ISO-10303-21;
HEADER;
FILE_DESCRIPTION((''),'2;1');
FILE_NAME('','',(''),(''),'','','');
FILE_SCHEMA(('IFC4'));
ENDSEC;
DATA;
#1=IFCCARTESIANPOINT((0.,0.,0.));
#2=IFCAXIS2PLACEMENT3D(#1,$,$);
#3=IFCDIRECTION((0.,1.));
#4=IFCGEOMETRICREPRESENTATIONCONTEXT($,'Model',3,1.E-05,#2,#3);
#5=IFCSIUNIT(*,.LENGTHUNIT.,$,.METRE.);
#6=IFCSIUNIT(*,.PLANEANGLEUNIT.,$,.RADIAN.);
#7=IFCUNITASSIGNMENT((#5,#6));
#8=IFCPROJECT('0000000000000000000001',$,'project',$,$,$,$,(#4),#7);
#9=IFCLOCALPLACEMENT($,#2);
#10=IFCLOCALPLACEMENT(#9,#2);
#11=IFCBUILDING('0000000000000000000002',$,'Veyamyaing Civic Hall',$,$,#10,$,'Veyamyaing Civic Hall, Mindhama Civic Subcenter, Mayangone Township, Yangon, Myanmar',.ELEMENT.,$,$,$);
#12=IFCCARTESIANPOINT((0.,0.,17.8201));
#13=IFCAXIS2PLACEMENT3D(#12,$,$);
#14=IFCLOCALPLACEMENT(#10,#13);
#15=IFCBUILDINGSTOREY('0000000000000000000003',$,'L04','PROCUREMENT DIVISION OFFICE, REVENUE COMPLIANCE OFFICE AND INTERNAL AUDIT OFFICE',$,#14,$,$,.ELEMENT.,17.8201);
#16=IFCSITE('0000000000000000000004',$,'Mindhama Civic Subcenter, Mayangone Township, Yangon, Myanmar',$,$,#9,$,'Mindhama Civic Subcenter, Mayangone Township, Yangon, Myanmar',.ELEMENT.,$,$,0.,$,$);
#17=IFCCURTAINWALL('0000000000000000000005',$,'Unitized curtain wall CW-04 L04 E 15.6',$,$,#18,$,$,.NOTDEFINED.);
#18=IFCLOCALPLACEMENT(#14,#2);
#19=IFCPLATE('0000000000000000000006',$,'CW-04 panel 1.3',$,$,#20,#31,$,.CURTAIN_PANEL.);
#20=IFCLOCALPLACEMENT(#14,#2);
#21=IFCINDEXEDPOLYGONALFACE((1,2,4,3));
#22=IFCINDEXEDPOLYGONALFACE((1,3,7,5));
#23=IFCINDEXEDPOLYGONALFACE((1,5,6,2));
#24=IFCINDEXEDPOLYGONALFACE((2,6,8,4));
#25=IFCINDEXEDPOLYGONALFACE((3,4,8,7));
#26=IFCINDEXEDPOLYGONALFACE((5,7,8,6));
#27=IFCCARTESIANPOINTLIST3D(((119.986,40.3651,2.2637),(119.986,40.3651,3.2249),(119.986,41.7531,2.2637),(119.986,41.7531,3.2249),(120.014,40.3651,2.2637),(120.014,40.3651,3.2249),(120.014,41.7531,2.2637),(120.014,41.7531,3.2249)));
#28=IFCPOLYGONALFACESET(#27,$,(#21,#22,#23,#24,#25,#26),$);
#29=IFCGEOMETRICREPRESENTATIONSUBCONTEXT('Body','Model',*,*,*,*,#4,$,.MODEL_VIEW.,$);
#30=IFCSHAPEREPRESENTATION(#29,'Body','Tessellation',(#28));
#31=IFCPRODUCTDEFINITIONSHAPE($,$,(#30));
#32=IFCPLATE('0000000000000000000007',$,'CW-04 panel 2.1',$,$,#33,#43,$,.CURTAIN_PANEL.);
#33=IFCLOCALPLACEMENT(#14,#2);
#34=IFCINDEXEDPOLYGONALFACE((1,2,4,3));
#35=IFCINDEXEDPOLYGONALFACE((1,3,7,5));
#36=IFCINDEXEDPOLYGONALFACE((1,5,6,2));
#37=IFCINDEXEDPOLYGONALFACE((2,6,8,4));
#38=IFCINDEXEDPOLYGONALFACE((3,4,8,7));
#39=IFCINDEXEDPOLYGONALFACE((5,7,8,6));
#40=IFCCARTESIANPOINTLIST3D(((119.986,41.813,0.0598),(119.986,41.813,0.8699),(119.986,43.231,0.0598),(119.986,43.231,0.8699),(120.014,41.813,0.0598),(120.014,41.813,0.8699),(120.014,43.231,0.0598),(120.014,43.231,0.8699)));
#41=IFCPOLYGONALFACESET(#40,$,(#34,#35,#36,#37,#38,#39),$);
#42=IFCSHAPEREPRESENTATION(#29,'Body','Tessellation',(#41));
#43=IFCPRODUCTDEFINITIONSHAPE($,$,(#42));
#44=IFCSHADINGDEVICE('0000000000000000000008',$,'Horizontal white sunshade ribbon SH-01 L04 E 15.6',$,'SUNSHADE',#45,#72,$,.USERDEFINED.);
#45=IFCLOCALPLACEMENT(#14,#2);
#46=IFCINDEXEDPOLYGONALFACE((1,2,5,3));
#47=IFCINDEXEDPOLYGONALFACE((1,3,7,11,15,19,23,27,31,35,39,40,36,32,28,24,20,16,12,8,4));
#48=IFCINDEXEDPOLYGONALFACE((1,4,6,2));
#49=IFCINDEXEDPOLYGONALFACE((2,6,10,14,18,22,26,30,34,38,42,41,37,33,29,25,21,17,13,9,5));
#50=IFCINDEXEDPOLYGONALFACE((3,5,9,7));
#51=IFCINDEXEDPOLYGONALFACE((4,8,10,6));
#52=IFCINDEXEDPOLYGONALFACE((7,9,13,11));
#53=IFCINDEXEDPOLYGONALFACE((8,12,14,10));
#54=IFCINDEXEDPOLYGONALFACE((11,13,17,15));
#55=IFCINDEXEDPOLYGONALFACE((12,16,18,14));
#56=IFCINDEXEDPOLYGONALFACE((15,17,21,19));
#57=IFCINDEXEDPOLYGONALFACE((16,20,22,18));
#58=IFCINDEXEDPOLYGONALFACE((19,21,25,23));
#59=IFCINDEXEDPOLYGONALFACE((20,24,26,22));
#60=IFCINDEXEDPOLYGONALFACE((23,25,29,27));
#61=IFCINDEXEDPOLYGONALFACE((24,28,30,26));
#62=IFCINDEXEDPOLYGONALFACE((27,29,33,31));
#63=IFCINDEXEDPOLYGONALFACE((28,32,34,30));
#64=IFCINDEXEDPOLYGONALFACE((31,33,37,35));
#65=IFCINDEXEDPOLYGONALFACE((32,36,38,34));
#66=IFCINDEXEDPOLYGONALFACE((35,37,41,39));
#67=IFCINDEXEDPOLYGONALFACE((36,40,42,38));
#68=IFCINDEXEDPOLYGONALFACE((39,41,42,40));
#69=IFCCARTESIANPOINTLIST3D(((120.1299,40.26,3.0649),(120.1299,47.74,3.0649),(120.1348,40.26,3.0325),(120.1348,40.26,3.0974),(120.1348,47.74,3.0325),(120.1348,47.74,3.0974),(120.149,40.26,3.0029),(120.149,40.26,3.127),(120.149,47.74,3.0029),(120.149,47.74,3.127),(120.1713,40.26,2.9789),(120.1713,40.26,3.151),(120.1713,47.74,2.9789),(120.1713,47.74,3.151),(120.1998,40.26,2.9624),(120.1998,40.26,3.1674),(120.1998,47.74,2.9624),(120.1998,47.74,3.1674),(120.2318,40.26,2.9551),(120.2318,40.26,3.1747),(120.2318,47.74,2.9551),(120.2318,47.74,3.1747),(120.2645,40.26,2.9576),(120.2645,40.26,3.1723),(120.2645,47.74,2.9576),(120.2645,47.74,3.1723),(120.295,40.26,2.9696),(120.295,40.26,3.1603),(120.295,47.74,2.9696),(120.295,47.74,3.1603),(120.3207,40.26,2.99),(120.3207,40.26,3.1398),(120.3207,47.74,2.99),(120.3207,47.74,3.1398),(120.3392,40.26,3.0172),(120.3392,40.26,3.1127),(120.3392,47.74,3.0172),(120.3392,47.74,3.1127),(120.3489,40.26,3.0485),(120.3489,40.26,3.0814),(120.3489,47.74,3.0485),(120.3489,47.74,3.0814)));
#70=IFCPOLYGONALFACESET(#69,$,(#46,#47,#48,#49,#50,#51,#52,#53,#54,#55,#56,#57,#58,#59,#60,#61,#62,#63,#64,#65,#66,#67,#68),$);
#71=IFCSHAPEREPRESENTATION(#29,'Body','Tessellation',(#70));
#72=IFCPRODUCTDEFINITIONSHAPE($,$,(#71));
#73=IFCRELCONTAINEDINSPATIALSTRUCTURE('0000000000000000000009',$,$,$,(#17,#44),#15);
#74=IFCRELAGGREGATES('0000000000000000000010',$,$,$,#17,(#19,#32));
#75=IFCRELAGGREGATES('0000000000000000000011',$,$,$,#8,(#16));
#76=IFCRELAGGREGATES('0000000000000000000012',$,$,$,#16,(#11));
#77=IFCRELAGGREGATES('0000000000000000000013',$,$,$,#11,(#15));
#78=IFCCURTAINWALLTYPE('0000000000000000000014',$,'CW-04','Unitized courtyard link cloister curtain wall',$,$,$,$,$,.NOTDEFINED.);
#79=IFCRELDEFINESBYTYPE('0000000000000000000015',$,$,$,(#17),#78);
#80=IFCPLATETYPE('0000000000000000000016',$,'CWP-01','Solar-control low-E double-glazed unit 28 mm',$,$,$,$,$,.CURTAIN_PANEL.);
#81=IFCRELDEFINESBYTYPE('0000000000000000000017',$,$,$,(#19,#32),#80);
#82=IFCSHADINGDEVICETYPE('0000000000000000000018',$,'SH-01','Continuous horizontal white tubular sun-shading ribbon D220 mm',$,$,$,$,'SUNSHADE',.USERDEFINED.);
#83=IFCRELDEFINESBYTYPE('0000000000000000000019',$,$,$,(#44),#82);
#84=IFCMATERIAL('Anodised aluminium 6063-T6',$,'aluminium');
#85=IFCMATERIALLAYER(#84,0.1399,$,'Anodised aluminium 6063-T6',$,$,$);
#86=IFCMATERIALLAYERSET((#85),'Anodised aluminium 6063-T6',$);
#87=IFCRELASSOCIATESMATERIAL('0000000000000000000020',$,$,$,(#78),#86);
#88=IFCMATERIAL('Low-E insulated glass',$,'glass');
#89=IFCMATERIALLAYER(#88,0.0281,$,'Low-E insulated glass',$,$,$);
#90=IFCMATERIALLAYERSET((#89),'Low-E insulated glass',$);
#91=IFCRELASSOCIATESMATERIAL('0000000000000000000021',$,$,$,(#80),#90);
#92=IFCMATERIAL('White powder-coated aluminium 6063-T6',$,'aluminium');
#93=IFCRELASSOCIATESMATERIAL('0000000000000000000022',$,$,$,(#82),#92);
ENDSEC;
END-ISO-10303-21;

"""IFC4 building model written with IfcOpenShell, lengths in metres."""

from ifc_helpers import new_model, si_unit, direction, frame, origin, origin_2d, place, context, subcontext, project, spatial, rectangle, circle, extrude, material, layer, layer_set, material_profile, profile_set, type_object, element, aggregate, save


model = new_model("IFC4")

# Units and contexts
model_context = context("Model", 3, precision=1e-05, world=origin(), true_north=direction((0.0, 1.0)))
body_context = subcontext(model_context, "Body", "Model", "MODEL_VIEW")
ifc_project = project(units=[si_unit("LENGTHUNIT", "METRE"), si_unit("PLANEANGLEUNIT", "RADIAN")], contexts=[model_context])

# Site, building, storey
site_placement = place(None, origin())
site = spatial("IfcSite", under=ifc_project, at=site_placement, Name="Mindhama Civic Subcenter, Mayangone Township, Yangon, Myanmar", LongName="Mindhama Civic Subcenter, Mayangone Township, Yangon, Myanmar", CompositionType="ELEMENT", RefElevation=0.0)
building_placement = place(site_placement, origin())
building = spatial("IfcBuilding", under=site, at=building_placement, Name="Veyamyaing Civic Hall", LongName="Veyamyaing Civic Hall, Mindhama Civic Subcenter, Mayangone Township, Yangon, Myanmar", CompositionType="ELEMENT")
storey_placement = place(building_placement, frame((0.0, 0.0, 17.8201)))
storey = spatial("IfcBuildingStorey", under=building, at=storey_placement, Name="L04", Description="PROCUREMENT DIVISION OFFICE, REVENUE COMPLIANCE OFFICE AND INTERNAL AUDIT OFFICE", CompositionType="ELEMENT", Elevation=17.8201)

# Curtain wall
ifc_material_1 = material(Name="Anodised aluminium 6063-T6", Category="aluminium")
ifc_layer_1 = layer(ifc_material_1, 0.1399, Name="Anodised aluminium 6063-T6")
ifc_layer_set_1 = layer_set([ifc_layer_1], Name="Anodised aluminium 6063-T6")
curtain_wall_type = type_object("IfcCurtainWallType", Name="CW-04", Description="Unitized courtyard link cloister curtain wall", PredefinedType="NOTDEFINED", material=ifc_layer_set_1)
curtain_wall_1_placement = place(storey_placement, origin())
curtain_wall_1 = element("IfcCurtainWall", 1, at=curtain_wall_1_placement, inside=storey, type_object=curtain_wall_type, Name="Unitized curtain wall CW-04 L04 E 15.6", PredefinedType="NOTDEFINED")

# Plates
ifc_material_2 = material(Name="Low-E insulated glass", Category="glass")
ifc_layer_2 = layer(ifc_material_2, 0.0281, Name="Low-E insulated glass")
ifc_layer_set_2 = layer_set([ifc_layer_2], Name="Low-E insulated glass")
plate_type = type_object("IfcPlateType", Name="CWP-01", Description="Solar-control low-E double-glazed unit 28 mm", PredefinedType="CURTAIN_PANEL", material=ifc_layer_set_2)
plate_1_placement = place(storey_placement, frame((120.0, 41.0591, 2.2637), z_axis=(0.0, 0.0, 1.0), x_axis=(0.0, 1.0, 0.0)))
plate_1 = element("IfcPlate", 2, at=plate_1_placement, type_object=plate_type, Name="CW-04 panel 1.3", PredefinedType="CURTAIN_PANEL", context=body_context, shape_type="SweptSolid", body=[
    extrude(rectangle(XDim=1.3879, YDim=0.0281, at=origin_2d()), origin(), (0.0, 0.0, 1.0), 0.9612),
])
plate_2_placement = place(storey_placement, frame((120.0, 42.522, 0.0598), z_axis=(0.0, 0.0, 1.0), x_axis=(0.0, 1.0, 0.0)))
plate_2 = element("IfcPlate", 3, at=plate_2_placement, type_object=plate_type, Name="CW-04 panel 2.1", PredefinedType="CURTAIN_PANEL", context=body_context, shape_type="SweptSolid", body=[
    extrude(rectangle(XDim=1.418, YDim=0.0281, at=origin_2d()), origin(), (0.0, 0.0, 1.0), 0.8101),
])
aggregate(curtain_wall_1, [plate_1, plate_2])

# Shading device
ifc_material_3 = material(Name="White powder-coated aluminium 6063-T6", Category="aluminium")
ifc_material_profile_1 = material_profile(ifc_material_3, circle(Radius=0.1101, at=origin_2d()), Name="SHADE-TUBE-220")
ifc_profile_set_1 = profile_set([ifc_material_profile_1], Name="White powder-coated aluminium 6063-T6")
shading_device_type = type_object("IfcShadingDeviceType", Name="SH-01", Description="Continuous horizontal white tubular sun-shading ribbon D220 mm", ElementType="SUNSHADE", PredefinedType="USERDEFINED", material=ifc_profile_set_1)
shading_device_placement = place(storey_placement, frame((120.24, 40.26, 3.0649), z_axis=(0.0, 1.0, 0.0), x_axis=(-1.0, 0.0, 0.0)))
element("IfcShadingDevice", 4, at=shading_device_placement, inside=storey, type_object=shading_device_type, Name="Horizontal white sunshade ribbon SH-01 L04 E 15.6", ObjectType="SUNSHADE", PredefinedType="USERDEFINED", context=body_context, shape_type="SweptSolid", body=[
    extrude(circle(Radius=0.1101, at=origin_2d()), origin(), (0.0, 0.0, 1.0), 7.48),
])

save(model, "model.ifc")
